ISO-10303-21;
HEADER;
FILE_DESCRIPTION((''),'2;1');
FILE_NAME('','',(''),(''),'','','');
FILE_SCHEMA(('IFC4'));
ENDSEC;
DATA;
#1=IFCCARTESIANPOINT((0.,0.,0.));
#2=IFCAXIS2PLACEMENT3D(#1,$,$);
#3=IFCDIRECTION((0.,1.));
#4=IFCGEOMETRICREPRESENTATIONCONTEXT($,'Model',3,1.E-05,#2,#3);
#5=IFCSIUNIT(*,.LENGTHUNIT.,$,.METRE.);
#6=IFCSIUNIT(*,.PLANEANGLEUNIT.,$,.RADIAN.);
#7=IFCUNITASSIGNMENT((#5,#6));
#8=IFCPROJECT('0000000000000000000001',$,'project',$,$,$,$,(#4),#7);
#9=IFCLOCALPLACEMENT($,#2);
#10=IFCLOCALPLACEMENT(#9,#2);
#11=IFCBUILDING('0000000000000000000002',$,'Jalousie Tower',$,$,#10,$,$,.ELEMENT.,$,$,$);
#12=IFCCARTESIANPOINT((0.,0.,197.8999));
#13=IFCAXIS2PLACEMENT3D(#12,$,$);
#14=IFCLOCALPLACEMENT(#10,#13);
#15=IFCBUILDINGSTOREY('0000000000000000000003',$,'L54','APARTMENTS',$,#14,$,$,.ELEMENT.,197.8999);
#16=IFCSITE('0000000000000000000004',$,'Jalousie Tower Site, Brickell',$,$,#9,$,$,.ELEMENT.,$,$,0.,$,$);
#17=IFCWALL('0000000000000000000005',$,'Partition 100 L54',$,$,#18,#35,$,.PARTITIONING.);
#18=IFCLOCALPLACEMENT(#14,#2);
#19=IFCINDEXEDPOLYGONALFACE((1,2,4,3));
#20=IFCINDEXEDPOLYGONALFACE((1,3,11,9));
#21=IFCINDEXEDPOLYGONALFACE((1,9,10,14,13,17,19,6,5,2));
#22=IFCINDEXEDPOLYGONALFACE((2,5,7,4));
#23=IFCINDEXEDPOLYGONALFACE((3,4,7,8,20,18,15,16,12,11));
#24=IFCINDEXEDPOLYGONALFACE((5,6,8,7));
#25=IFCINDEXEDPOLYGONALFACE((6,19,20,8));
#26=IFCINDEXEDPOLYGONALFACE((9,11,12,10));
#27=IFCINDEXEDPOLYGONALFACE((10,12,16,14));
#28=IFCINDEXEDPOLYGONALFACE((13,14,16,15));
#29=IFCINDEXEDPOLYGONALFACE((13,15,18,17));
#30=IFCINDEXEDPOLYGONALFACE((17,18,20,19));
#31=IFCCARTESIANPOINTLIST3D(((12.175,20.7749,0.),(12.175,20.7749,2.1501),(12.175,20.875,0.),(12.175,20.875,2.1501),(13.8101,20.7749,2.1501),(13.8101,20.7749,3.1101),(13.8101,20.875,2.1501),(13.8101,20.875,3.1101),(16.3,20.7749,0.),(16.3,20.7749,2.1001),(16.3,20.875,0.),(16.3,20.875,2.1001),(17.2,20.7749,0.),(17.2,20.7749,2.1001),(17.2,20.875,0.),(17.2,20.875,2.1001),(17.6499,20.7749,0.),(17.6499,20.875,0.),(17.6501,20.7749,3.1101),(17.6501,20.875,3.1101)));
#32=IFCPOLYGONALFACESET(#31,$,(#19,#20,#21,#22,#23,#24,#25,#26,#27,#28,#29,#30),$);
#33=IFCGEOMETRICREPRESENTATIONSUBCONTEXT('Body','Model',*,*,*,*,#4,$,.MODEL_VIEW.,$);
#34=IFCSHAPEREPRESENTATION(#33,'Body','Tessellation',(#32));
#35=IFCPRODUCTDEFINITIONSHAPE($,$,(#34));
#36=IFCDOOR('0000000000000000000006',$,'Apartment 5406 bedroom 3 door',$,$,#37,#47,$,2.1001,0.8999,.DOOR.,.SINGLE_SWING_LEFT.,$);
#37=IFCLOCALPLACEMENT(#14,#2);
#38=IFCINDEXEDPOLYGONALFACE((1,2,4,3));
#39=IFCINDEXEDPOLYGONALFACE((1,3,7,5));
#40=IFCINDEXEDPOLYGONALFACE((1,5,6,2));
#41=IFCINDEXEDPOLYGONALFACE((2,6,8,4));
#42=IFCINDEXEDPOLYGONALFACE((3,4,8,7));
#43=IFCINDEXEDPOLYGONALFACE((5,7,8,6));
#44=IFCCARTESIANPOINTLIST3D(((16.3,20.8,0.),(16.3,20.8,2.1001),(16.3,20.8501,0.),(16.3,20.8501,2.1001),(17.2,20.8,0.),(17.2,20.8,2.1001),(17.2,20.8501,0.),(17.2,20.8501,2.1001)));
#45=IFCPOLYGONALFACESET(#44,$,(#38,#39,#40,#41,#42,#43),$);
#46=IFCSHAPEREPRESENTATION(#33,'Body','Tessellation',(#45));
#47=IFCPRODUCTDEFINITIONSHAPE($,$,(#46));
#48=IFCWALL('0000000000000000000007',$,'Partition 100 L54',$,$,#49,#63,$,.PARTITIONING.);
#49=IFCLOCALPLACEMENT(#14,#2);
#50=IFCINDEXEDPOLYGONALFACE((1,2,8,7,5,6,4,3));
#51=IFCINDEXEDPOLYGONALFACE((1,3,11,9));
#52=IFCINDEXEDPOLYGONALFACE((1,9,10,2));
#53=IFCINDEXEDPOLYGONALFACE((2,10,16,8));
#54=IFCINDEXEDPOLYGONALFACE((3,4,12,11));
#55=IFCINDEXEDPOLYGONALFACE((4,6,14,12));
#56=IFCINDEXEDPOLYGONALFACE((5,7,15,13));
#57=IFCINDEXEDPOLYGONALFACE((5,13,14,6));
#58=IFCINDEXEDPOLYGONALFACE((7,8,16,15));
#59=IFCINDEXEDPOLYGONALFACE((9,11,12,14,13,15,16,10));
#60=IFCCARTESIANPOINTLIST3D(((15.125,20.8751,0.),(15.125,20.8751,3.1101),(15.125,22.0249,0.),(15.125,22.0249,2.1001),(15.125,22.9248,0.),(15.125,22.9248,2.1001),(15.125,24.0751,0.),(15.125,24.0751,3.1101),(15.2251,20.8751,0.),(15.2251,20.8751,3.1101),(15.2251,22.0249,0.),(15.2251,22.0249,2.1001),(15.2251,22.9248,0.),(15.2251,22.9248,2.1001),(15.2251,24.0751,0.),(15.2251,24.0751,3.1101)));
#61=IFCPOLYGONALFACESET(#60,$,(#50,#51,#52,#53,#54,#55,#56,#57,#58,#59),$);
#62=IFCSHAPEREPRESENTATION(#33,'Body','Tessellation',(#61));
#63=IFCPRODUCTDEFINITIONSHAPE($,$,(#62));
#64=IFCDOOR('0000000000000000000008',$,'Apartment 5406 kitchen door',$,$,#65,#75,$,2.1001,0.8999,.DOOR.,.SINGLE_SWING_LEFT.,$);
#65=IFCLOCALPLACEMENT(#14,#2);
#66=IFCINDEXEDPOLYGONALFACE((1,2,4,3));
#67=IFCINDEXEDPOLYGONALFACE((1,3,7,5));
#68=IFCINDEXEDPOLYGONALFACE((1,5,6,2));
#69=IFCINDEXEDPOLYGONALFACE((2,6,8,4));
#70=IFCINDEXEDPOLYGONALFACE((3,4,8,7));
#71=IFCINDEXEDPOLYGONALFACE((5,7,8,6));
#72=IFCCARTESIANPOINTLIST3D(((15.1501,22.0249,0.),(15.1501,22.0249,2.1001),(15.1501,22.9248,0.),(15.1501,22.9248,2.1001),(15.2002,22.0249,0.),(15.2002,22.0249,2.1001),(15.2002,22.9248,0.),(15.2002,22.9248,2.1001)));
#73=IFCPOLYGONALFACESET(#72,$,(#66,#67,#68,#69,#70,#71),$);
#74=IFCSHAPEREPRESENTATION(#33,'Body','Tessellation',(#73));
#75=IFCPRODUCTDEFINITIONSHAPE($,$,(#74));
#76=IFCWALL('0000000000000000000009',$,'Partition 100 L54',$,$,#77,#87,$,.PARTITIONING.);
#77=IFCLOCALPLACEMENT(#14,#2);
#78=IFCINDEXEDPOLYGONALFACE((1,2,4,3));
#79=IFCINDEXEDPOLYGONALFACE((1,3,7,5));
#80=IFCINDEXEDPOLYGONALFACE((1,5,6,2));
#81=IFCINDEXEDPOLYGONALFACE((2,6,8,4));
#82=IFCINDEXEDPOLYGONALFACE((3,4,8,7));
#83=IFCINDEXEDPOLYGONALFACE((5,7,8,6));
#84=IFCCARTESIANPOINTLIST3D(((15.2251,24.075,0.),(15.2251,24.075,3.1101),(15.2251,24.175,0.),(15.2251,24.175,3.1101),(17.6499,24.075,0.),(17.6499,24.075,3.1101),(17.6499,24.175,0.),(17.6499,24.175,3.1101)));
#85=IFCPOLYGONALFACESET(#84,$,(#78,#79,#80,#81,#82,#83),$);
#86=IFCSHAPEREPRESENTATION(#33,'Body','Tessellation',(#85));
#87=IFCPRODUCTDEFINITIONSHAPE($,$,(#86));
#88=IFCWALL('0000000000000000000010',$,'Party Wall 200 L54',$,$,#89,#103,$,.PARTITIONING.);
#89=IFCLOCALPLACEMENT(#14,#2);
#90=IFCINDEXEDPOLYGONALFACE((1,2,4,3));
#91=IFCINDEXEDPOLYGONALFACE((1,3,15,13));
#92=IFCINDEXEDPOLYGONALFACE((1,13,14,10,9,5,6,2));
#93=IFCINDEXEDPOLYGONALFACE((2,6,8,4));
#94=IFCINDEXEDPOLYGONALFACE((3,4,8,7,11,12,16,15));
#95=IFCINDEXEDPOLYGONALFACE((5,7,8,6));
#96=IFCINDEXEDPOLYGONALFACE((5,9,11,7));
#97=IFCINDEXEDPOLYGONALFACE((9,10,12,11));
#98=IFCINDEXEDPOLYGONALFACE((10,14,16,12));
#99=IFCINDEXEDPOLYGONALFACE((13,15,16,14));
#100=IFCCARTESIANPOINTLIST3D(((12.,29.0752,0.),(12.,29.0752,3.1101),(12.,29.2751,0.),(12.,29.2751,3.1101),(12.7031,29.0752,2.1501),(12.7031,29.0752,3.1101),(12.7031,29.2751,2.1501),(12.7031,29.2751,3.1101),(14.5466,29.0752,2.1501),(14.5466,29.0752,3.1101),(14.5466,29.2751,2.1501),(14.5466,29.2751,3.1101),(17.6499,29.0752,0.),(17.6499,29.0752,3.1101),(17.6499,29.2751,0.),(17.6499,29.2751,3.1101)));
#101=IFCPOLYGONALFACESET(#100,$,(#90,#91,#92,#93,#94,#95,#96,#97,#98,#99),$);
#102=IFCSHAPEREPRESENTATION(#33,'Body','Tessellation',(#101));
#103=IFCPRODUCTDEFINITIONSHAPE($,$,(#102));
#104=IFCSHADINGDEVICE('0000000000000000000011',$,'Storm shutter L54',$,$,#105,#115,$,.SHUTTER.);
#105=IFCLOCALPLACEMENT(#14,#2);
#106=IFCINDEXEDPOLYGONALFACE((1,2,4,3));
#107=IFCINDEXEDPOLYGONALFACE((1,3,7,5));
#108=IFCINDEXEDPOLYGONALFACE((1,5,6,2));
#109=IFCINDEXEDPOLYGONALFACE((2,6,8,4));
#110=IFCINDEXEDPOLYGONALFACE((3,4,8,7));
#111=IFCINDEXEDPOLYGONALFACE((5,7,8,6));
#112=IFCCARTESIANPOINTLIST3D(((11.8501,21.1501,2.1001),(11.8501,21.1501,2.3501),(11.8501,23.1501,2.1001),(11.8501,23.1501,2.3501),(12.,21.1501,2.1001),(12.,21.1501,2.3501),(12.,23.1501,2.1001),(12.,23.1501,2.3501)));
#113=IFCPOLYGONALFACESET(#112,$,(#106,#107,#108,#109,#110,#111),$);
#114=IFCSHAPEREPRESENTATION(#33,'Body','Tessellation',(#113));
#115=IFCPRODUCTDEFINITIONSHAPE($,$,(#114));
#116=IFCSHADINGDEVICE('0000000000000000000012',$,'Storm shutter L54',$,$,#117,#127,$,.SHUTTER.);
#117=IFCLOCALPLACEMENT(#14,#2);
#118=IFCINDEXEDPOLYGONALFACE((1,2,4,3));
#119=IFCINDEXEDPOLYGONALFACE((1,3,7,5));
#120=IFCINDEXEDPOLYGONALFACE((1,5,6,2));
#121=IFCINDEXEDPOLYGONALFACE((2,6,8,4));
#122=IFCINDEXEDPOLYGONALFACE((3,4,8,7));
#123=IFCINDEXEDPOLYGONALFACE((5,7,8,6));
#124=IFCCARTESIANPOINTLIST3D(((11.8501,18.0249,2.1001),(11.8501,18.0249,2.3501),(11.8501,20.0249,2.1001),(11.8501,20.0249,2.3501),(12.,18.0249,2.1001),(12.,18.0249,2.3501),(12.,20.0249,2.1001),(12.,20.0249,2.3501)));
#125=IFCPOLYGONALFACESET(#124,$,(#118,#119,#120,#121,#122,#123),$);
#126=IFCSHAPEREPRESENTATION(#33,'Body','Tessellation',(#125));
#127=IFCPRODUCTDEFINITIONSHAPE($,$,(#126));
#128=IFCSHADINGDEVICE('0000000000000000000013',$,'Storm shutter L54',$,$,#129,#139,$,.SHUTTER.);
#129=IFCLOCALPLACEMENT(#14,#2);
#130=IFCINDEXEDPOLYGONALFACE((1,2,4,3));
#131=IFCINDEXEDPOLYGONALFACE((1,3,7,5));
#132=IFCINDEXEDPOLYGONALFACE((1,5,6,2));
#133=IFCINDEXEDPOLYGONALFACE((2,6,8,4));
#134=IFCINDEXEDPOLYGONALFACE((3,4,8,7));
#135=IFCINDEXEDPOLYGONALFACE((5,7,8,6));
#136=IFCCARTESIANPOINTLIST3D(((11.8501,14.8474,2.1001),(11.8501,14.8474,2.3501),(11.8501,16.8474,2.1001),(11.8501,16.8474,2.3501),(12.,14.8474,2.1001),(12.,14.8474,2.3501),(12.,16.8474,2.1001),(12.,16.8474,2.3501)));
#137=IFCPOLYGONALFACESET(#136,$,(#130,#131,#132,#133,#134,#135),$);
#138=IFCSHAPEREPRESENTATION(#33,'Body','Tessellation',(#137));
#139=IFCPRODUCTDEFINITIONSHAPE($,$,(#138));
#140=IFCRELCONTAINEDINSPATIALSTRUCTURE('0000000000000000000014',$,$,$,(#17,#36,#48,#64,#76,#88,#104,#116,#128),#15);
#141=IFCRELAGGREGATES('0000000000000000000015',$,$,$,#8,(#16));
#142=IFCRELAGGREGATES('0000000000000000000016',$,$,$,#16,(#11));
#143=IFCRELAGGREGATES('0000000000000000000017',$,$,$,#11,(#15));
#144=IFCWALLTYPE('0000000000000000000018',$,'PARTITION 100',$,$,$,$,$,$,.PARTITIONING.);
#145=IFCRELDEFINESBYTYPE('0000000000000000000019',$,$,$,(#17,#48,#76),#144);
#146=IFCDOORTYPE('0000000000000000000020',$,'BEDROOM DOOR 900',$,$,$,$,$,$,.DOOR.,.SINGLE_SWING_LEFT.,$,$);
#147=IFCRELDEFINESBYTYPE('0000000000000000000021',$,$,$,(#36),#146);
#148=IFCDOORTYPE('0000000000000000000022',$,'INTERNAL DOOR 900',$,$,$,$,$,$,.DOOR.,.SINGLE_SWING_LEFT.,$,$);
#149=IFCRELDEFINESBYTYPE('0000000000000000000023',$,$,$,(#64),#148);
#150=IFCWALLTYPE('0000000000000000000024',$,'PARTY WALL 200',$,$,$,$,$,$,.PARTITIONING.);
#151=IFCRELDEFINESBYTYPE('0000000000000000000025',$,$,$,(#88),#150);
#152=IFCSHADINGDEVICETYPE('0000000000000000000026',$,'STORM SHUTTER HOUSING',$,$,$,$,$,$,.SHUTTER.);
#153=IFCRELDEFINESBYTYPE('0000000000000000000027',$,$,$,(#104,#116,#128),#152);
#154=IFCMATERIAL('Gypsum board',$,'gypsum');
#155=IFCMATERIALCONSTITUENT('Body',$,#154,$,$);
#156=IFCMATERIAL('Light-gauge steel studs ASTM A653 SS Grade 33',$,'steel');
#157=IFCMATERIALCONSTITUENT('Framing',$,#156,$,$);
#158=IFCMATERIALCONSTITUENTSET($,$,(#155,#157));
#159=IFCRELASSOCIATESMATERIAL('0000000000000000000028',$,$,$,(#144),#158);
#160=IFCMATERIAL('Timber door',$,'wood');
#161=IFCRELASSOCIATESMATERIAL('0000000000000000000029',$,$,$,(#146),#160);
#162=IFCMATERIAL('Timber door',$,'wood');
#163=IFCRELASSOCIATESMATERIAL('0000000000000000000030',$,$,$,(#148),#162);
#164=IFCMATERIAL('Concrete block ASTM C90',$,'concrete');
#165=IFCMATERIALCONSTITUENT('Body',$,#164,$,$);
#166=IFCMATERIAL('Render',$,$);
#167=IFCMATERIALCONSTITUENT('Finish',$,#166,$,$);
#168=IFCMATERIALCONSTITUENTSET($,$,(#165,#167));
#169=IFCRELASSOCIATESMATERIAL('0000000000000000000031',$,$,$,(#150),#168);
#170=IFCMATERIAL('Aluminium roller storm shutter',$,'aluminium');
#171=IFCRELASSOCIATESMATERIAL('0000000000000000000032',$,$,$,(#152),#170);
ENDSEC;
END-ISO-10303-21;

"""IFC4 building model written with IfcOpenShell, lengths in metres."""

from ifc_helpers import new_model, si_unit, direction, frame, frame_2d, origin, origin_2d, place, context, subcontext, project, spatial, polyline, rectangle, outline, extrude, material, constituent, constituent_set, type_object, element, fill, save


model = new_model("IFC4")

# Units and contexts
model_context = context("Model", 3, precision=1e-05, world=origin(), true_north=direction((0.0, 1.0)))
body_context = subcontext(model_context, "Body", "Model", "MODEL_VIEW")
ifc_project = project(units=[si_unit("LENGTHUNIT", "METRE"), si_unit("PLANEANGLEUNIT", "RADIAN")], contexts=[model_context])

# Site, building, storey
site_placement = place(None, origin())
site = spatial("IfcSite", under=ifc_project, at=site_placement, Name="Jalousie Tower Site, Brickell", CompositionType="ELEMENT", RefElevation=0.0)
building_placement = place(site_placement, origin())
building = spatial("IfcBuilding", under=site, at=building_placement, Name="Jalousie Tower", CompositionType="ELEMENT")
storey_placement = place(building_placement, frame((0.0, 0.0, 197.8999)))
storey = spatial("IfcBuildingStorey", under=building, at=storey_placement, Name="L54", Description="APARTMENTS", CompositionType="ELEMENT", Elevation=197.8999)

# Walls, openings, doors
ifc_material_1 = material(Name="Gypsum board", Category="gypsum")
ifc_constituent_1 = constituent(ifc_material_1, Name="Body")
ifc_material_2 = material(Name="Light-gauge steel studs ASTM A653 SS Grade 33", Category="steel")
ifc_constituent_2 = constituent(ifc_material_2, Name="Framing")
ifc_constituent_set_1 = constituent_set(constituents=[ifc_constituent_1, ifc_constituent_2])
wall_type_1 = type_object("IfcWallType", Name="PARTITION 100", PredefinedType="PARTITIONING", material=ifc_constituent_set_1)
ifc_material_3 = material(Name="Timber door", Category="wood")
door_type_1 = type_object("IfcDoorType", Name="BEDROOM DOOR 900", OperationType="SINGLE_SWING_LEFT", PredefinedType="DOOR", material=ifc_material_3)
wall_1_placement = place(storey_placement, frame((12.175, 20.825, 0.0), z_axis=(0.0, 0.0, 1.0), x_axis=(1.0, 0.0, 0.0)))
wall_1 = element("IfcWall", 1, at=wall_1_placement, inside=storey, type_object=wall_type_1, Name="Partition 100 L54", PredefinedType="PARTITIONING", context=body_context, shape_type="SweptSolid", body=[
    extrude(outline(polyline([(0.0, 0.0), (5.4749, 0.0), (5.4751, 3.1101), (1.635, 3.1101), (1.635, 2.1501), (0.0, 2.1501), (0.0, 3.1101), (0.0, 0.0)])), frame((0.0, 0.05, 0.0), z_axis=(0.0, -1.0, 0.0), x_axis=(1.0, 0.0, 0.0)), (0.0, 0.0, 1.0), 0.1001),
])
opening_1_placement = place(wall_1_placement, frame((4.125, 0.0, 0.0)))
opening_1 = element("IfcOpeningElement", 2, at=opening_1_placement, cuts=wall_1, PredefinedType="OPENING", context=body_context, shape_type="SweptSolid", body=[
    extrude(rectangle(XDim=0.8999, YDim=2.1001, at=frame_2d((0.45, 1.05))), frame((0.0, 0.0601, 0.0), z_axis=(0.0, -1.0, 0.0), x_axis=(1.0, 0.0, 0.0)), (0.0, 0.0, 1.0), 0.1201),
])
door_1_placement = place(opening_1_placement, frame((0.8999, 0.0, 0.0), z_axis=(0.0, 0.0, 1.0), x_axis=(-1.0, 0.0, 0.0)))
door_1 = element("IfcDoor", 3, at=door_1_placement, inside=storey, type_object=door_type_1, Name="Apartment 5406 bedroom 3 door", OperationType="SINGLE_SWING_LEFT", OverallHeight=2.1001, OverallWidth=0.8999, PredefinedType="DOOR", context=body_context, shape_type="SweptSolid", body=[
    extrude(rectangle(XDim=0.8999, YDim=2.1001, at=frame_2d((0.45, 1.05))), frame((0.0, 0.0249, 0.0), z_axis=(0.0, -1.0, 0.0), x_axis=(1.0, 0.0, 0.0)), (0.0, 0.0, 1.0), 0.05),
])
fill(opening_1, door_1)
wall_2_placement = place(storey_placement, frame((15.175, 20.875, 0.0), z_axis=(0.0, 0.0, 1.0), x_axis=(0.0, 1.0, 0.0)))
wall_2 = element("IfcWall", 4, at=wall_2_placement, inside=storey, type_object=wall_type_1, Name="Partition 100 L54", PredefinedType="PARTITIONING", context=body_context, shape_type="SweptSolid", body=[
    extrude(rectangle(XDim=3.2, YDim=0.1001, at=frame_2d((1.6001, 0.0))), origin(), (0.0, 0.0, 1.0), 3.1101),
])
opening_2_placement = place(wall_2_placement, frame((1.1499, 0.0, 0.0)))
opening_2 = element("IfcOpeningElement", 5, at=opening_2_placement, cuts=wall_2, PredefinedType="OPENING", context=body_context, shape_type="SweptSolid", body=[
    extrude(rectangle(XDim=0.8999, YDim=2.1001, at=frame_2d((0.45, 1.05))), frame((0.0, 0.0601, 0.0), z_axis=(0.0, -1.0, 0.0), x_axis=(1.0, 0.0, 0.0)), (0.0, 0.0, 1.0), 0.1201),
])
ifc_material_4 = material(Name="Timber door", Category="wood")
door_type_2 = type_object("IfcDoorType", Name="INTERNAL DOOR 900", OperationType="SINGLE_SWING_LEFT", PredefinedType="DOOR", material=ifc_material_4)
door_2_placement = place(opening_2_placement, origin())
door_2 = element("IfcDoor", 6, at=door_2_placement, inside=storey, type_object=door_type_2, Name="Apartment 5406 kitchen door", OperationType="SINGLE_SWING_LEFT", OverallHeight=2.1001, OverallWidth=0.8999, PredefinedType="DOOR", context=body_context, shape_type="SweptSolid", body=[
    extrude(rectangle(XDim=0.8999, YDim=2.1001, at=frame_2d((0.45, 1.05))), frame((0.0, 0.0249, 0.0), z_axis=(0.0, -1.0, 0.0), x_axis=(1.0, 0.0, 0.0)), (0.0, 0.0, 1.0), 0.05),
])
fill(opening_2, door_2)

# Walls
wall_3_placement = place(storey_placement, frame((15.2251, 24.125, 0.0), z_axis=(0.0, 0.0, 1.0), x_axis=(1.0, 0.0, 0.0)))
element("IfcWall", 7, at=wall_3_placement, inside=storey, type_object=wall_type_1, Name="Partition 100 L54", PredefinedType="PARTITIONING", context=body_context, shape_type="SweptSolid", body=[
    extrude(rectangle(XDim=2.4248, YDim=0.1001, at=frame_2d((1.2124, 0.0))), origin(), (0.0, 0.0, 1.0), 3.1101),
])
ifc_material_5 = material(Name="Concrete block ASTM C90", Category="concrete")
ifc_constituent_3 = constituent(ifc_material_5, Name="Body")
ifc_material_6 = material(Name="Render")
ifc_constituent_4 = constituent(ifc_material_6, Name="Finish")
ifc_constituent_set_2 = constituent_set(constituents=[ifc_constituent_3, ifc_constituent_4])
wall_type_2 = type_object("IfcWallType", Name="PARTY WALL 200", PredefinedType="PARTITIONING", material=ifc_constituent_set_2)
wall_4_placement = place(storey_placement, frame((12.0, 29.175, 0.0), z_axis=(0.0, 0.0, 1.0), x_axis=(1.0, 0.0, 0.0)))
element("IfcWall", 8, at=wall_4_placement, inside=storey, type_object=wall_type_2, Name="Party Wall 200 L54", PredefinedType="PARTITIONING", context=body_context, shape_type="SweptSolid", body=[
    extrude(outline(polyline([(0.0, 0.0), (5.6499, 0.0), (5.6499, 3.1101), (2.5466, 3.1101), (2.5466, 2.1501), (0.7031, 2.1501), (0.7031, 3.1101), (0.0, 3.1101), (0.0, 0.0)])), frame((0.0, 0.1001, 0.0), z_axis=(0.0, -1.0, 0.0), x_axis=(1.0, 0.0, 0.0)), (0.0, 0.0, 1.0), 0.2),
])

# Shading devices
ifc_material_7 = material(Name="Aluminium roller storm shutter", Category="aluminium")
shading_device_type = type_object("IfcShadingDeviceType", Name="STORM SHUTTER HOUSING", PredefinedType="SHUTTER", material=ifc_material_7)
for number, where, z_axis, x_axis, name in (
    (9, (11.925, 22.1501, 2.1001), (0.0, 0.0, 1.0), (0.0, -1.0, 0.0), "Storm shutter L54"),
    (10, (11.925, 19.0249, 2.1001), (0.0, 0.0, 1.0), (0.0, -1.0, 0.0), "Storm shutter L54"),
    (11, (11.925, 15.8474, 2.1001), (0.0, 0.0, 1.0), (0.0, -1.0, 0.0), "Storm shutter L54"),
):
    element("IfcShadingDevice", number, at=place(storey_placement, frame(where, z_axis=z_axis, x_axis=x_axis)), inside=storey, type_object=shading_device_type, Name=name, PredefinedType="SHUTTER", context=body_context, shape_type="SweptSolid", body=[
        extrude(rectangle(XDim=2.0, YDim=0.1499, at=origin_2d()), origin(), (0.0, 0.0, 1.0), 0.25),
    ])

save(model, "model.ifc")
